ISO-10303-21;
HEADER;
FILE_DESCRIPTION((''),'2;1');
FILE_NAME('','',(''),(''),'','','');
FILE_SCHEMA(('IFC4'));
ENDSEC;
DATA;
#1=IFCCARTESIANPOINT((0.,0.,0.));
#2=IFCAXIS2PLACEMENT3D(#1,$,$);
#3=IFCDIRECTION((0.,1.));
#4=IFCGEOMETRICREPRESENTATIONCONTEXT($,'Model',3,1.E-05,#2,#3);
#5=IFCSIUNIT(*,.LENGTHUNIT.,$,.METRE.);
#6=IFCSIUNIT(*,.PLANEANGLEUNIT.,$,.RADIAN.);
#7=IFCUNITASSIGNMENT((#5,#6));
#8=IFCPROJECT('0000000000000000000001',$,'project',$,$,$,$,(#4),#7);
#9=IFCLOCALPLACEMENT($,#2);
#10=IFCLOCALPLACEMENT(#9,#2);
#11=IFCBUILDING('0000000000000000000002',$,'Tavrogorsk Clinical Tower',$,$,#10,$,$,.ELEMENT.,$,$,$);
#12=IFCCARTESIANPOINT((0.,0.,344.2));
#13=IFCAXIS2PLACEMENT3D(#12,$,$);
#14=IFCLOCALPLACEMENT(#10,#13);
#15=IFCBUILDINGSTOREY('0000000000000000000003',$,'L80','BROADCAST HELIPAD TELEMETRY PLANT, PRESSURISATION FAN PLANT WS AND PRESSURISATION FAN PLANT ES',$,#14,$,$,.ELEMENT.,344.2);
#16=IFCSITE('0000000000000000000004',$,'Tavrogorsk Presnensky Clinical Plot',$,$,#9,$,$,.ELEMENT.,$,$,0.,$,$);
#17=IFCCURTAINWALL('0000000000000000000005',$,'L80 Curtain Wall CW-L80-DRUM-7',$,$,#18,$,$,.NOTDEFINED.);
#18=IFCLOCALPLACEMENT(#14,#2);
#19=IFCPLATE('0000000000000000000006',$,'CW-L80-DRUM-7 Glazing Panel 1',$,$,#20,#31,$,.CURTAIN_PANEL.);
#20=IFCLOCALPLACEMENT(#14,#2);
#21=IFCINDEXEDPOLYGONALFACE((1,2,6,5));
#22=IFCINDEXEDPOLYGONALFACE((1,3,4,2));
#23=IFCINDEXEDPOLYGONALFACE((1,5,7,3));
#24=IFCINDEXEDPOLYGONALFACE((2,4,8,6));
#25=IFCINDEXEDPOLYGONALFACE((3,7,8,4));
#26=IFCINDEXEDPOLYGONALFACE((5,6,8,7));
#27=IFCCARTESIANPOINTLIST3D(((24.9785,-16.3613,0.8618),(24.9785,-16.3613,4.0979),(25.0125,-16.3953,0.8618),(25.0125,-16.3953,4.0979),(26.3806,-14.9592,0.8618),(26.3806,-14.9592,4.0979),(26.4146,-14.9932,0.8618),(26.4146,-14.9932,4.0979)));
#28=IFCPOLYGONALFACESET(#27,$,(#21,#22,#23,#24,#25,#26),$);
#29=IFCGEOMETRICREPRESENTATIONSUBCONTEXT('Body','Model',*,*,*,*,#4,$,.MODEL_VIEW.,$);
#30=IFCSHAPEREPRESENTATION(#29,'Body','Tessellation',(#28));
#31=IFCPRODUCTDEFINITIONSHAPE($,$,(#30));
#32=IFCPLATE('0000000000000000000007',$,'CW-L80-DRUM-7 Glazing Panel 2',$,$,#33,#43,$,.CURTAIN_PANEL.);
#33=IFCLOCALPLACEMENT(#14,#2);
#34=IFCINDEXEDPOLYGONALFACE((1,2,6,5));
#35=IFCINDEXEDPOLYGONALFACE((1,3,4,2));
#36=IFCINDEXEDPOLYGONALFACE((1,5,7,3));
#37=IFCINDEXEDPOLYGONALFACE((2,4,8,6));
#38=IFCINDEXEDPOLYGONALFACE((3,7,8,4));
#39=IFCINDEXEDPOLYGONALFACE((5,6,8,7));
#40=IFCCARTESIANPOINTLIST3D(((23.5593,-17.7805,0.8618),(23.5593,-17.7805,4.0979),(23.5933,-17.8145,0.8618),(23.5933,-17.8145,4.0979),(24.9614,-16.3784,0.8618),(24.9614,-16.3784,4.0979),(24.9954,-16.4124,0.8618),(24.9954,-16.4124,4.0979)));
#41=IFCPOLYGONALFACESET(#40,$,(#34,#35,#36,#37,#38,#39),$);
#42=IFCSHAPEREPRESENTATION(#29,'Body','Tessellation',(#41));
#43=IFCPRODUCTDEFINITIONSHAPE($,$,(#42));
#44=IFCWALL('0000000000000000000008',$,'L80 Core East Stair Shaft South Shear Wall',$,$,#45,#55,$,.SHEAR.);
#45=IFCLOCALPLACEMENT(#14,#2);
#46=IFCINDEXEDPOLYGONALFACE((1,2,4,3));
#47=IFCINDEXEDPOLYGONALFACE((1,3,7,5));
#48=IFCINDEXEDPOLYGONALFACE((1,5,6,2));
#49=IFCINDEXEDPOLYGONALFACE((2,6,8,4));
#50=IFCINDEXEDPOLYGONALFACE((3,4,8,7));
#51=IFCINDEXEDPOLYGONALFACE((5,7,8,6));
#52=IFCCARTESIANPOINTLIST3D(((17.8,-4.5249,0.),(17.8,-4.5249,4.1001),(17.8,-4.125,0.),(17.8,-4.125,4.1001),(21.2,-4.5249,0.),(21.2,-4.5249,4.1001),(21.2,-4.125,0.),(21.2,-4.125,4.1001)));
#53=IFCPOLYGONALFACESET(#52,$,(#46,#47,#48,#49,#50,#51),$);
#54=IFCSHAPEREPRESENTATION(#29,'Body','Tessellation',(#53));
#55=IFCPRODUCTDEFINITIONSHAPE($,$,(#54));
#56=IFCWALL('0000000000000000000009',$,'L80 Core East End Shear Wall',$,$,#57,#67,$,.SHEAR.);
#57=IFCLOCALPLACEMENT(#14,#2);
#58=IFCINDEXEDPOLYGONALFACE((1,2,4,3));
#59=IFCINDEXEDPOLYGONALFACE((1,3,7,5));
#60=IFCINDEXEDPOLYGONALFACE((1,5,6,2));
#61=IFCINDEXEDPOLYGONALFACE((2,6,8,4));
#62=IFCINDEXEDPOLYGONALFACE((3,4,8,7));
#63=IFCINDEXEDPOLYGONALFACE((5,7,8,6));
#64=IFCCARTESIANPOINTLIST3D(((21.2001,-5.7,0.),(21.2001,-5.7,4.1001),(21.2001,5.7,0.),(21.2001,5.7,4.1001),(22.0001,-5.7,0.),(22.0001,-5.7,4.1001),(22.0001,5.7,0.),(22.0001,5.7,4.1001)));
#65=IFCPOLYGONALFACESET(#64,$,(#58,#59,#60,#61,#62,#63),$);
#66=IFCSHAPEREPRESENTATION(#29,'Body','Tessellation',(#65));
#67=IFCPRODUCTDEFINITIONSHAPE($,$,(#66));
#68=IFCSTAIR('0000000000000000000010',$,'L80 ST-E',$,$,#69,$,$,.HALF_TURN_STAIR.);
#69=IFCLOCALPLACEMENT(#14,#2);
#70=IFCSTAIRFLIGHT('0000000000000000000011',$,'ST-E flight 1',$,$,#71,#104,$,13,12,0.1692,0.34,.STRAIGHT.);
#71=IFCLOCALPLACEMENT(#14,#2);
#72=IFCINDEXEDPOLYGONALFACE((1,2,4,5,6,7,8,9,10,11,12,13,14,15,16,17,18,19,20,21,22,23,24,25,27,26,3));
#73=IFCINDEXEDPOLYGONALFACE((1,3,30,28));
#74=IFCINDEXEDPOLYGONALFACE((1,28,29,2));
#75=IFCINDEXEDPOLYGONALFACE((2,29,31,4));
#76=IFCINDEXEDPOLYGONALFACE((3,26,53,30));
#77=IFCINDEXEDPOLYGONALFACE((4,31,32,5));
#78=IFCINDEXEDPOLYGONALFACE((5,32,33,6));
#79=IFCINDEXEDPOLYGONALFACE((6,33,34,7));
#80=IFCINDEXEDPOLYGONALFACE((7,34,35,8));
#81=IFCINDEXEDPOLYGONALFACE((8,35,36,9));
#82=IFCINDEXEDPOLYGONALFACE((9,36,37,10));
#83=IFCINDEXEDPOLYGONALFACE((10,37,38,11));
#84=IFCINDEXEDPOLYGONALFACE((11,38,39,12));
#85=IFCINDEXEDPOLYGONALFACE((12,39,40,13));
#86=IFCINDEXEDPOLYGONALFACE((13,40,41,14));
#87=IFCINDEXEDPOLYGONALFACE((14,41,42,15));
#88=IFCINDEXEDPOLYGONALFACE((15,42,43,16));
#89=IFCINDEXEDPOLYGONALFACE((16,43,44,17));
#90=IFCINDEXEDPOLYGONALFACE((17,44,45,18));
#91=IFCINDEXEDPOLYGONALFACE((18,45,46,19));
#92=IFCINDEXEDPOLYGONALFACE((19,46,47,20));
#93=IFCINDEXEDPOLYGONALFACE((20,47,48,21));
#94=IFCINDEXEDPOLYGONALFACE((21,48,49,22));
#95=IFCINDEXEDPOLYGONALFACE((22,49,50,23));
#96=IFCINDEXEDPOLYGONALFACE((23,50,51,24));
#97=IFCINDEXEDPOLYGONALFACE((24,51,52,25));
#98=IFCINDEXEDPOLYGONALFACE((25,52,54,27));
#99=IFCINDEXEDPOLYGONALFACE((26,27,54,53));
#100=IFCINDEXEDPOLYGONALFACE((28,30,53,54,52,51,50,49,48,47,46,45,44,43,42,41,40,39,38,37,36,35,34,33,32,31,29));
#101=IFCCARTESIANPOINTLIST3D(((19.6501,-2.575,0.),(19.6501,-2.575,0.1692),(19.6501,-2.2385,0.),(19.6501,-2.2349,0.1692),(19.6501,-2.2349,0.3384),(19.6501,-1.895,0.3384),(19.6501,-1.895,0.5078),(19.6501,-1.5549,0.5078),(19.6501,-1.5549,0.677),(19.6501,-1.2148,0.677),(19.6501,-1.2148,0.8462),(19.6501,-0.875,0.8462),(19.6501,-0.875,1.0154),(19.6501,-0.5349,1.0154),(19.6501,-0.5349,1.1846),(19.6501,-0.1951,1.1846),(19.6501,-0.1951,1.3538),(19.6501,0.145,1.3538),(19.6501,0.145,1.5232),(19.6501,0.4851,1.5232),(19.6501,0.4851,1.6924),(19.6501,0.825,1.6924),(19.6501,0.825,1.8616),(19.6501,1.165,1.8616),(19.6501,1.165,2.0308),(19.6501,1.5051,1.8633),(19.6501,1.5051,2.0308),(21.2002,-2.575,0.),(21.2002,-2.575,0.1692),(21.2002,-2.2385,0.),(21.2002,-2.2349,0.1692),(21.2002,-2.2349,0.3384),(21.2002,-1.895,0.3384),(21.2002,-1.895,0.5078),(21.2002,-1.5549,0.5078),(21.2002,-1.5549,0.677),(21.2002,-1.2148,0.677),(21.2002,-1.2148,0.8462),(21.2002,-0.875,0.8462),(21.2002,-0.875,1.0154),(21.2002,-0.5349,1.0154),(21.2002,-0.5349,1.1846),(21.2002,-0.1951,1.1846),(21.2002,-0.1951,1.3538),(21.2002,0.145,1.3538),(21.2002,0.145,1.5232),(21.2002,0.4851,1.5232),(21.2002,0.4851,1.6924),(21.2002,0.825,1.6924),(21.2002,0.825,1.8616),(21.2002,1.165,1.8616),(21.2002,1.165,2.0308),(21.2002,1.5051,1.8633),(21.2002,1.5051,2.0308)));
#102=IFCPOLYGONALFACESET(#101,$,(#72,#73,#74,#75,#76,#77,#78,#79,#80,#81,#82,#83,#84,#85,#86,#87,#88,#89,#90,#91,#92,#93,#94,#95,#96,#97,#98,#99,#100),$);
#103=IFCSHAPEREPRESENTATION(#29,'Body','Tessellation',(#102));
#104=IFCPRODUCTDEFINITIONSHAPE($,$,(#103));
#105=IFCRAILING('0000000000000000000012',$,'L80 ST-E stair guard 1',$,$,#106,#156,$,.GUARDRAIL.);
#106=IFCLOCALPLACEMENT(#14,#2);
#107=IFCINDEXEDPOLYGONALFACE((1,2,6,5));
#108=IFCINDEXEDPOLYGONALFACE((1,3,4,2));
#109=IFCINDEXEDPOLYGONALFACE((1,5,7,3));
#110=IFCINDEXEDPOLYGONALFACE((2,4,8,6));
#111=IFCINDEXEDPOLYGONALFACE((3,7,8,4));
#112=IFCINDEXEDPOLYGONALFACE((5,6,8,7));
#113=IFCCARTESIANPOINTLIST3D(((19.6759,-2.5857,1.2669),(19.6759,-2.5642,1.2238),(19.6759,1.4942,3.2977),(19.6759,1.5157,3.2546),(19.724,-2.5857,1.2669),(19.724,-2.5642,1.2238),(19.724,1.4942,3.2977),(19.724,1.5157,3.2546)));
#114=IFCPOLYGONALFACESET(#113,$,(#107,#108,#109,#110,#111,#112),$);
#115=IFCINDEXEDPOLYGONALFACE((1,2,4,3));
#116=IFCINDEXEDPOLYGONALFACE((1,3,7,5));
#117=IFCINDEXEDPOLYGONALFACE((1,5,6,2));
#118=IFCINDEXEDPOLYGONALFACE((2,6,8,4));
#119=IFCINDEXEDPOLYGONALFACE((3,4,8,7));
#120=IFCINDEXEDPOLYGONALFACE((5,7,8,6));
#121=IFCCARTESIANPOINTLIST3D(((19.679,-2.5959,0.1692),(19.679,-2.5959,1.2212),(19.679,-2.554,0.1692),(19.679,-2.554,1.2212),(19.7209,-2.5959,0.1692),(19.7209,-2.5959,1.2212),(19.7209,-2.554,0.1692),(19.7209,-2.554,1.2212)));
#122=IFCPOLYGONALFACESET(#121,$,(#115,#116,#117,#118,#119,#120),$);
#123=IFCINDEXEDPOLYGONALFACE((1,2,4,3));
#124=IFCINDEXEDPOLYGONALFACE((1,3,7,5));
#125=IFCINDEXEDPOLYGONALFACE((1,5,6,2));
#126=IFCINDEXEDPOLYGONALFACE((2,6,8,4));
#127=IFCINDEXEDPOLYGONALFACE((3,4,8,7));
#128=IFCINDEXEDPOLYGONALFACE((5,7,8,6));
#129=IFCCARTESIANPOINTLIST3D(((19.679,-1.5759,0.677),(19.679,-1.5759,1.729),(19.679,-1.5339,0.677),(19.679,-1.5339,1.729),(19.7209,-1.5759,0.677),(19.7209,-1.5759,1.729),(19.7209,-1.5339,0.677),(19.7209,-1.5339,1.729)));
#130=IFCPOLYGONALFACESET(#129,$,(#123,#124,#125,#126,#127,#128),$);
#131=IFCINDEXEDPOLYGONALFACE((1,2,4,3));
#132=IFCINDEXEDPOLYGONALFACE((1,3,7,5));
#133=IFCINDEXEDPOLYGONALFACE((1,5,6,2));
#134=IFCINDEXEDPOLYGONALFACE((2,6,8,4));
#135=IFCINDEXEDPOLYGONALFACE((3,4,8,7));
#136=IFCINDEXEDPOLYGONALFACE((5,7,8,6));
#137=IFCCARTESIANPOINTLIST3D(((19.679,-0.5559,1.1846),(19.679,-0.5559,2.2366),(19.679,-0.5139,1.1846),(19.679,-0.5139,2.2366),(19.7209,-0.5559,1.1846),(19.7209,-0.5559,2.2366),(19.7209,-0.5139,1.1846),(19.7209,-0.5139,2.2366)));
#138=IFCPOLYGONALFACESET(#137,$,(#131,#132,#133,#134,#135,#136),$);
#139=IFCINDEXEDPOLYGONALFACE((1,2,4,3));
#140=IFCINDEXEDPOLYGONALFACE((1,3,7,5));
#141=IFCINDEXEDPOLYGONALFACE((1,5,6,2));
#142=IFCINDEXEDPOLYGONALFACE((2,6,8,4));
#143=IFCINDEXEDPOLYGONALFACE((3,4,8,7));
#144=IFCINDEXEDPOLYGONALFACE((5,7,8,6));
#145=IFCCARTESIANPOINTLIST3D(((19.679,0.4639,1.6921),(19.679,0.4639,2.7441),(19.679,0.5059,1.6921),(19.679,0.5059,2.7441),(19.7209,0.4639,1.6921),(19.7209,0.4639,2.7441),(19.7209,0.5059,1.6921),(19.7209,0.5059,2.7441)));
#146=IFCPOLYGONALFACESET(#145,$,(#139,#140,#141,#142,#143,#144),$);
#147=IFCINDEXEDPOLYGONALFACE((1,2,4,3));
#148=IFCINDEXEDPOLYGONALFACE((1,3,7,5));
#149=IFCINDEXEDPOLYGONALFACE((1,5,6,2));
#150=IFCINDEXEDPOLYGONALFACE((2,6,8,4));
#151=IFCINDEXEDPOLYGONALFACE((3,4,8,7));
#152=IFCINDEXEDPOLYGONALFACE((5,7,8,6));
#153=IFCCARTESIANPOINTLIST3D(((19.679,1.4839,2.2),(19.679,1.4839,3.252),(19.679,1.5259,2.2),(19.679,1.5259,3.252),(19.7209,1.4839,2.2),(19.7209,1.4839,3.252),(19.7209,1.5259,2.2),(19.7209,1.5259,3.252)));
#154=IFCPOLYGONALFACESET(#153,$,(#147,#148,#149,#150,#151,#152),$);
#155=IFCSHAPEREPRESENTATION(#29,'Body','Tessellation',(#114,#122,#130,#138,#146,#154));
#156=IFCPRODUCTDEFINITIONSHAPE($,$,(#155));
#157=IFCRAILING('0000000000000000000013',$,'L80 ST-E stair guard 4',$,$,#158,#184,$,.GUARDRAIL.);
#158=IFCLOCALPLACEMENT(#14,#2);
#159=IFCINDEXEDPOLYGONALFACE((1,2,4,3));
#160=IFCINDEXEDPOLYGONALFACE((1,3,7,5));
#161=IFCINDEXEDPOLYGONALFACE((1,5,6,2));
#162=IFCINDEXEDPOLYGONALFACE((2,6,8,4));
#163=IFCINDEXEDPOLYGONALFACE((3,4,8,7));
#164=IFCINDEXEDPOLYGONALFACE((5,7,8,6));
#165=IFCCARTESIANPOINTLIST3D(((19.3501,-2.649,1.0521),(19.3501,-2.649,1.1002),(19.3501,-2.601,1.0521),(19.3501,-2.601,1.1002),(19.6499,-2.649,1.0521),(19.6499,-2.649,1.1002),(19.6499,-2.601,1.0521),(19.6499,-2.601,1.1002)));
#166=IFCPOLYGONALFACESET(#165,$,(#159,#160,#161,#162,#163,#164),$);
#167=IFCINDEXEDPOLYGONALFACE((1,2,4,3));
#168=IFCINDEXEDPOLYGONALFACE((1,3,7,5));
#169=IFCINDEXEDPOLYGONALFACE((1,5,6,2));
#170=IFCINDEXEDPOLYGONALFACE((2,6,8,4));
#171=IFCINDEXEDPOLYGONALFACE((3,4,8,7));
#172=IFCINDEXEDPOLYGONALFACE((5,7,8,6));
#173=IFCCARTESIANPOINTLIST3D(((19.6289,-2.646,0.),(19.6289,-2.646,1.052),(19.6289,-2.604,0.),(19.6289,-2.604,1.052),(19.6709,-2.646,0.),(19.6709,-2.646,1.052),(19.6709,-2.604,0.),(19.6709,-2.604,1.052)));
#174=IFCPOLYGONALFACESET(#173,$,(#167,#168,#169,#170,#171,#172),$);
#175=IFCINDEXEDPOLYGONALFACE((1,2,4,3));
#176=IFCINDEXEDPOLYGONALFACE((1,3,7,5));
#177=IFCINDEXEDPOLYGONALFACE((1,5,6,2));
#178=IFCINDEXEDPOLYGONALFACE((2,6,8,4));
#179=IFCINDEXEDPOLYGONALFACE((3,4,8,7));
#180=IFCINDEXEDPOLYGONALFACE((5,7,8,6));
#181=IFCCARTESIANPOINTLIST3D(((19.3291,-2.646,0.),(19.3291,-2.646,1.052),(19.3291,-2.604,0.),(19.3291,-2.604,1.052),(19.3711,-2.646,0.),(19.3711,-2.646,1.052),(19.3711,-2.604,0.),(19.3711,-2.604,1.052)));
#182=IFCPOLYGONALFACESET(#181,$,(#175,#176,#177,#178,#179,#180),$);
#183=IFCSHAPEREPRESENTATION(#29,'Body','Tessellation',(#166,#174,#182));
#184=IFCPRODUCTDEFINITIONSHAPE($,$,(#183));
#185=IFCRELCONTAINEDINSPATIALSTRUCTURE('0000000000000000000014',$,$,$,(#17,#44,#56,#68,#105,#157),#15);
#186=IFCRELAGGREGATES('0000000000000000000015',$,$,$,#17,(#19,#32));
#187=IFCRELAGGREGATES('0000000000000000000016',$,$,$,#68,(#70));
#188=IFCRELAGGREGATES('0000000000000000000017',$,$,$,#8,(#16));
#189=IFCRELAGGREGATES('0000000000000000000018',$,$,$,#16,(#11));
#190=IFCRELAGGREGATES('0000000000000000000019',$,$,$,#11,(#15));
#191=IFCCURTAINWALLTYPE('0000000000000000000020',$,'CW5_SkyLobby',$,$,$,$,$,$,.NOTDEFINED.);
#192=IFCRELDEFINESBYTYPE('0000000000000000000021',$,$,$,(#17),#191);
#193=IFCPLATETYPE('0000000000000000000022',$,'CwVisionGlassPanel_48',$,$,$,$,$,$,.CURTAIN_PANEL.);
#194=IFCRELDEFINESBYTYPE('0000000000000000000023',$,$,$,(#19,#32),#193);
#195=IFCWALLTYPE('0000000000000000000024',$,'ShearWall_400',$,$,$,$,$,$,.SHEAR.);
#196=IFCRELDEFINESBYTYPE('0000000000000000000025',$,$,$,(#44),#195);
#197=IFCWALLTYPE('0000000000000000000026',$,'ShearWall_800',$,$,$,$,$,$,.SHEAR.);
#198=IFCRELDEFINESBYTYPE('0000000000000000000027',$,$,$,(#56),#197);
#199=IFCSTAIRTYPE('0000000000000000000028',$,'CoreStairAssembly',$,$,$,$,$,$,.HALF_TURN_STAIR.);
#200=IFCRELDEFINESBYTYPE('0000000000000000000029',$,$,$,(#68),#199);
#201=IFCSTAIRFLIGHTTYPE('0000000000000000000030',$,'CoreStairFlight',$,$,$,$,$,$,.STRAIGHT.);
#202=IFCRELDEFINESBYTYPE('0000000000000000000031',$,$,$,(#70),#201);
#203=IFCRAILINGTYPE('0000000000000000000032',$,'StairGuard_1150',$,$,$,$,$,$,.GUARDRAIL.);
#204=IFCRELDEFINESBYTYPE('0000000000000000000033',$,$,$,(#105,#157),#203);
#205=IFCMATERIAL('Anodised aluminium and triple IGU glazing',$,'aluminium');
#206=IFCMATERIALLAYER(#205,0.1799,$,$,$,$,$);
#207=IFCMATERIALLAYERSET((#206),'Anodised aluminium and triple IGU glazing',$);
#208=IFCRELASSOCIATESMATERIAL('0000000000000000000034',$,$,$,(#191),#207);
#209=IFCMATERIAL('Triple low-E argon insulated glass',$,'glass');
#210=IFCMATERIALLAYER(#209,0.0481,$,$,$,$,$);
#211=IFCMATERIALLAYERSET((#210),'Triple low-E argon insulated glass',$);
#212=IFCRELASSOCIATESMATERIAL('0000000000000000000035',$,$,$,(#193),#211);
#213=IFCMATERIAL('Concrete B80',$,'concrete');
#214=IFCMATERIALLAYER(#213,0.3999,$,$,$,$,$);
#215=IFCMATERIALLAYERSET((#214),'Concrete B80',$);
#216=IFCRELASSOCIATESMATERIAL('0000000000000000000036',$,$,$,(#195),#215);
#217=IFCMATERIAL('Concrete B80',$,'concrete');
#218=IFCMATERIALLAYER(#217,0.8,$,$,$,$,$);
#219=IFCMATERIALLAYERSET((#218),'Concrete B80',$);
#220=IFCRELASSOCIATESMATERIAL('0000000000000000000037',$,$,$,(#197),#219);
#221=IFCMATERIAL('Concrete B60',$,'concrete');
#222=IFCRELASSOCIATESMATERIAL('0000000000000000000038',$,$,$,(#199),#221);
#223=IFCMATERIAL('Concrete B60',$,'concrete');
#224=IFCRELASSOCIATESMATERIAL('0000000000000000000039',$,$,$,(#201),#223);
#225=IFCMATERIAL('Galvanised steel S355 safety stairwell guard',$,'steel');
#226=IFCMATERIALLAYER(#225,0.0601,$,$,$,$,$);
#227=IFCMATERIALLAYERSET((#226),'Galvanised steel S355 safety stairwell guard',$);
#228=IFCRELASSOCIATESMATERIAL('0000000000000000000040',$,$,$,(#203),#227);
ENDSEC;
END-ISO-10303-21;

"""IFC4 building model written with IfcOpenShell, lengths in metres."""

from ifc_helpers import new_model, si_unit, direction, frame, frame_2d, origin, origin_2d, place, context, subcontext, project, spatial, polyline, rectangle, outline, extrude, material, layer, layer_set, type_object, element, aggregate, save


model = new_model("IFC4")

# Units and contexts
model_context = context("Model", 3, precision=1e-05, world=origin(), true_north=direction((0.0, 1.0)))
body_context = subcontext(model_context, "Body", "Model", "MODEL_VIEW")
ifc_project = project(units=[si_unit("LENGTHUNIT", "METRE"), si_unit("PLANEANGLEUNIT", "RADIAN")], contexts=[model_context])

# Site, building, storey
site_placement = place(None, origin())
site = spatial("IfcSite", under=ifc_project, at=site_placement, Name="Tavrogorsk Presnensky Clinical Plot", CompositionType="ELEMENT", RefElevation=0.0)
building_placement = place(site_placement, origin())
building = spatial("IfcBuilding", under=site, at=building_placement, Name="Tavrogorsk Clinical Tower", CompositionType="ELEMENT")
storey_placement = place(building_placement, frame((0.0, 0.0, 344.2)))
storey = spatial("IfcBuildingStorey", under=building, at=storey_placement, Name="L80", Description="BROADCAST HELIPAD TELEMETRY PLANT, PRESSURISATION FAN PLANT WS AND PRESSURISATION FAN PLANT ES", CompositionType="ELEMENT", Elevation=344.2)

# Curtain wall
ifc_material_1 = material(Name="Anodised aluminium and triple IGU glazing", Category="aluminium")
ifc_layer_1 = layer(ifc_material_1, 0.1799)
ifc_layer_set_1 = layer_set([ifc_layer_1], Name="Anodised aluminium and triple IGU glazing")
curtain_wall_type = type_object("IfcCurtainWallType", Name="CW5_SkyLobby", PredefinedType="NOTDEFINED", material=ifc_layer_set_1)
curtain_wall_1_placement = place(storey_placement, origin())
curtain_wall_1 = element("IfcCurtainWall", 1, at=curtain_wall_1_placement, inside=storey, type_object=curtain_wall_type, Name="L80 Curtain Wall CW-L80-DRUM-7", PredefinedType="NOTDEFINED")

# Plates
ifc_material_2 = material(Name="Triple low-E argon insulated glass", Category="glass")
ifc_layer_2 = layer(ifc_material_2, 0.0481)
ifc_layer_set_2 = layer_set([ifc_layer_2], Name="Triple low-E argon insulated glass")
plate_type_1 = type_object("IfcPlateType", Name="CwVisionGlassPanel_48", PredefinedType="CURTAIN_PANEL", material=ifc_layer_set_2)
plate_1_placement = place(storey_placement, frame((25.6965, -15.6772, 0.8618), z_axis=(0.0, 0.0, 1.0), x_axis=(-0.707107, -0.707107, 0.0)))
plate_1 = element("IfcPlate", 2, at=plate_1_placement, type_object=plate_type_1, Name="CW-L80-DRUM-7 Glazing Panel 1", PredefinedType="CURTAIN_PANEL", context=body_context, shape_type="SweptSolid", body=[
    extrude(rectangle(XDim=1.9829, YDim=0.0481, at=origin_2d()), origin(), (0.0, 0.0, 1.0), 3.2361),
])
plate_2_placement = place(storey_placement, frame((24.2773, -17.0964, 0.8618), z_axis=(0.0, 0.0, 1.0), x_axis=(-0.707107, -0.707107, 0.0)))
plate_2 = element("IfcPlate", 3, at=plate_2_placement, type_object=plate_type_1, Name="CW-L80-DRUM-7 Glazing Panel 2", PredefinedType="CURTAIN_PANEL", context=body_context, shape_type="SweptSolid", body=[
    extrude(rectangle(XDim=1.9829, YDim=0.0481, at=origin_2d()), origin(), (0.0, 0.0, 1.0), 3.2361),
])
aggregate(curtain_wall_1, [plate_1, plate_2])

# Walls
ifc_material_3 = material(Name="Concrete B80", Category="concrete")
ifc_layer_3 = layer(ifc_material_3, 0.3999)
ifc_layer_set_3 = layer_set([ifc_layer_3], Name="Concrete B80")
wall_type_1 = type_object("IfcWallType", Name="ShearWall_400", PredefinedType="SHEAR", material=ifc_layer_set_3)
wall_1_placement = place(storey_placement, frame((17.8, -4.325, 0.0), z_axis=(0.0, 0.0, 1.0), x_axis=(1.0, 0.0, 0.0)))
element("IfcWall", 4, at=wall_1_placement, inside=storey, type_object=wall_type_1, Name="L80 Core East Stair Shaft South Shear Wall", PredefinedType="SHEAR", context=body_context, shape_type="SweptSolid", body=[
    extrude(rectangle(XDim=3.3999, YDim=0.3999, at=frame_2d((1.7, 0.0))), origin(), (0.0, 0.0, 1.0), 4.1001),
])
ifc_material_4 = material(Name="Concrete B80", Category="concrete")
ifc_layer_4 = layer(ifc_material_4, 0.8)
ifc_layer_set_4 = layer_set([ifc_layer_4], Name="Concrete B80")
wall_type_2 = type_object("IfcWallType", Name="ShearWall_800", PredefinedType="SHEAR", material=ifc_layer_set_4)
wall_2_placement = place(storey_placement, frame((21.6001, -5.7, 0.0), z_axis=(0.0, 0.0, 1.0), x_axis=(0.0, 1.0, 0.0)))
element("IfcWall", 5, at=wall_2_placement, inside=storey, type_object=wall_type_2, Name="L80 Core East End Shear Wall", PredefinedType="SHEAR", context=body_context, shape_type="SweptSolid", body=[
    extrude(rectangle(XDim=11.3999, YDim=0.8, at=frame_2d((5.7, 0.0))), origin(), (0.0, 0.0, 1.0), 4.1001),
])

# Stair, stair flight
ifc_material_5 = material(Name="Concrete B60", Category="concrete")
stair_type = type_object("IfcStairType", Name="CoreStairAssembly", PredefinedType="HALF_TURN_STAIR", material=ifc_material_5)
stair_placement = place(storey_placement, origin())
stair = element("IfcStair", 6, at=stair_placement, inside=storey, type_object=stair_type, Name="L80 ST-E", PredefinedType="HALF_TURN_STAIR")
ifc_material_6 = material(Name="Concrete B60", Category="concrete")
stair_flight_type = type_object("IfcStairFlightType", Name="CoreStairFlight", PredefinedType="STRAIGHT", material=ifc_material_6)
stair_flight_placement = place(storey_placement, frame((20.425, -2.575, 0.0), z_axis=(0.0, 0.0, 1.0), x_axis=(0.0, 1.0, 0.0)))
stair_flight = element("IfcStairFlight", 7, at=stair_flight_placement, type_object=stair_flight_type, Name="ST-E flight 1", NumberOfRisers=13, NumberOfTreads=12, PredefinedType="STRAIGHT", RiserHeight=0.1692, TreadLength=0.34, context=body_context, shape_type="SweptSolid", body=[
    extrude(outline(polyline([(0.0, 0.0), (0.0, 0.1692), (0.3401, 0.1692), (0.3401, 0.3384), (0.6799, 0.3384), (0.6799, 0.5078), (1.02, 0.5078), (1.02, 0.677), (1.3601, 0.677), (1.3601, 0.8462), (1.7, 0.8462), (1.7, 1.0154), (2.04, 1.0154), (2.04, 1.1846), (2.3799, 1.1846), (2.3799, 1.3538), (2.72, 1.3538), (2.72, 1.5232), (3.0601, 1.5232), (3.0601, 1.6924), (3.3999, 1.6924), (3.3999, 1.8616), (3.74, 1.8616), (3.74, 2.0308), (4.0801, 2.0308), (4.0801, 2.2), (4.0801, 1.8633), (0.3364, 0.0), (0.0, 0.0)])), frame((0.0, 0.7749, 0.0), z_axis=(0.0, -1.0, 0.0), x_axis=(1.0, 0.0, 0.0)), (0.0, 0.0, 1.0), 1.55),
])
aggregate(stair, [stair_flight])

# Railings
ifc_material_7 = material(Name="Galvanised steel S355 safety stairwell guard", Category="steel")
ifc_layer_5 = layer(ifc_material_7, 0.0601)
ifc_layer_set_5 = layer_set([ifc_layer_5], Name="Galvanised steel S355 safety stairwell guard")
railing_type_1 = type_object("IfcRailingType", Name="StairGuard_1150", PredefinedType="GUARDRAIL", material=ifc_layer_set_5)
railing_1_placement = place(storey_placement, frame((19.7, -2.575, 0.1692)))
element("IfcRailing", 8, at=railing_1_placement, inside=storey, type_object=railing_type_1, Name="L80 ST-E stair guard 1", PredefinedType="GUARDRAIL", context=body_context, shape_type="SweptSolid", body=[
    extrude(rectangle(XDim=0.0481, YDim=0.0481, at=origin_2d()), frame((0.0, 0.0, 1.0762), z_axis=(0.0, 0.895229, 0.445606), x_axis=(-1.0, 0.0, 0.0)), (0.0, 0.0, 1.0), 4.5574),
    extrude(rectangle(XDim=0.042, YDim=0.042, at=origin_2d()), origin(), (0.0, 0.0, 1.0), 1.052),
    extrude(rectangle(XDim=0.042, YDim=0.042, at=origin_2d()), frame((0.0, 1.02, 0.5078)), (0.0, 0.0, 1.0), 1.052),
    extrude(rectangle(XDim=0.042, YDim=0.042, at=origin_2d()), frame((0.0, 2.04, 1.0154)), (0.0, 0.0, 1.0), 1.052),
    extrude(rectangle(XDim=0.042, YDim=0.042, at=origin_2d()), frame((0.0, 3.0598, 1.5229)), (0.0, 0.0, 1.0), 1.052),
    extrude(rectangle(XDim=0.042, YDim=0.042, at=origin_2d()), frame((0.0, 4.0798, 2.0308)), (0.0, 0.0, 1.0), 1.052),
])
railing_2_placement = place(storey_placement, frame((19.6499, -2.625, 0.0)))
element("IfcRailing", 9, at=railing_2_placement, inside=storey, type_object=railing_type_1, Name="L80 ST-E stair guard 4", PredefinedType="GUARDRAIL", context=body_context, shape_type="SweptSolid", body=[
    extrude(rectangle(XDim=0.0481, YDim=0.0481, at=origin_2d()), frame((0.0, 0.0, 1.0762), z_axis=(-1.0, 0.0, 0.0), x_axis=(0.0, -1.0, 0.0)), (0.0, 0.0, 1.0), 0.2998),
    extrude(rectangle(XDim=0.042, YDim=0.042, at=origin_2d()), origin(), (0.0, 0.0, 1.0), 1.052),
    extrude(rectangle(XDim=0.042, YDim=0.042, at=origin_2d()), frame((-0.2998, 0.0, 0.0)), (0.0, 0.0, 1.0), 1.052),
])

save(model, "model.ifc")
